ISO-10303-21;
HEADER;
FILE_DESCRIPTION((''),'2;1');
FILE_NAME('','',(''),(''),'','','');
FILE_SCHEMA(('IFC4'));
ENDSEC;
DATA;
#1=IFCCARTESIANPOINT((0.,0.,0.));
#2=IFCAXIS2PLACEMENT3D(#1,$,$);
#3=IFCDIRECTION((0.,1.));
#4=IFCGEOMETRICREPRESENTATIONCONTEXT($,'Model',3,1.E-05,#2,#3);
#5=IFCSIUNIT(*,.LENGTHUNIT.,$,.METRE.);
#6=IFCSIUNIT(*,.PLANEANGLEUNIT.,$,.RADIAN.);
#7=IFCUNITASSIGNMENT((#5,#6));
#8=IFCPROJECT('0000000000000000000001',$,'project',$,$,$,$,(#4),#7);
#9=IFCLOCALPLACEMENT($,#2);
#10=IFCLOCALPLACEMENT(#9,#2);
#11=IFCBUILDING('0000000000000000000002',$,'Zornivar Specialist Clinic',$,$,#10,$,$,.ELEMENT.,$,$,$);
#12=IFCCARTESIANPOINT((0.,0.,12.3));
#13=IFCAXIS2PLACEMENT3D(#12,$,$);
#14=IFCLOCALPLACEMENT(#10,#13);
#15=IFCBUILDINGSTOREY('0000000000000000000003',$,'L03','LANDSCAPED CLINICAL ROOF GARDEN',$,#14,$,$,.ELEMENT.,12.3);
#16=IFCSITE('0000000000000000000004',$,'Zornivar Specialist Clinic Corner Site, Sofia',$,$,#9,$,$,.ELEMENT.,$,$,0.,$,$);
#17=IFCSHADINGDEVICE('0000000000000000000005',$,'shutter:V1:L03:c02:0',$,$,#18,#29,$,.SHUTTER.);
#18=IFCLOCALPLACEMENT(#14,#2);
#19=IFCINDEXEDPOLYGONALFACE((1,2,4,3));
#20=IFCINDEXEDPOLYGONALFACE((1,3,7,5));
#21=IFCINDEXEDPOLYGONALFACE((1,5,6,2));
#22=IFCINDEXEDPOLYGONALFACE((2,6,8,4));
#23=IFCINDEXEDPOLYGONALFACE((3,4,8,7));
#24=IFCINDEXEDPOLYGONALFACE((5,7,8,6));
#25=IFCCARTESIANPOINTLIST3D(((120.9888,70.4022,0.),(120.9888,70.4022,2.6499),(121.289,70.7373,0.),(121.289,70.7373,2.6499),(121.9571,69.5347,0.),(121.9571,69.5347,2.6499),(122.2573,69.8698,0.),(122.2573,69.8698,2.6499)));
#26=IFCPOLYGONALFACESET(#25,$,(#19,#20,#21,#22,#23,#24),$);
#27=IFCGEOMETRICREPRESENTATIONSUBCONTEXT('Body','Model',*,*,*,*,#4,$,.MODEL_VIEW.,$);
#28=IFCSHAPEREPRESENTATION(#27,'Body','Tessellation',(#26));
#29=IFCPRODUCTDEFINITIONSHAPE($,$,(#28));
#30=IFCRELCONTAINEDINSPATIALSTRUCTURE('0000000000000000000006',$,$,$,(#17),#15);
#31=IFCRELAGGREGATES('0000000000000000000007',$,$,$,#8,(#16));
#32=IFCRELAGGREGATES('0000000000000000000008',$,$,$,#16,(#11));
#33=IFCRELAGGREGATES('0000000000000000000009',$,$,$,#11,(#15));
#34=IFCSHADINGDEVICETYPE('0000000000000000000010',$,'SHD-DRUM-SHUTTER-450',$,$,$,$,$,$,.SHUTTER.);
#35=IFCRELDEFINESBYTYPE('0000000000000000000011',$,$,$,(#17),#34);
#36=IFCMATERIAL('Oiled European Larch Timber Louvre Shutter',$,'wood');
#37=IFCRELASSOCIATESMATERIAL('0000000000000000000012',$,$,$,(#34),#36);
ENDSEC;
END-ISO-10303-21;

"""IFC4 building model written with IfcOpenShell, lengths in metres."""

from ifc_helpers import new_model, si_unit, direction, frame, origin, origin_2d, place, context, subcontext, project, spatial, rectangle, extrude, material, type_object, element, save


model = new_model("IFC4")

# Units and contexts
model_context = context("Model", 3, precision=1e-05, world=origin(), true_north=direction((0.0, 1.0)))
body_context = subcontext(model_context, "Body", "Model", "MODEL_VIEW")
ifc_project = project(units=[si_unit("LENGTHUNIT", "METRE"), si_unit("PLANEANGLEUNIT", "RADIAN")], contexts=[model_context])

# Site, building, storey
site_placement = place(None, origin())
site = spatial("IfcSite", under=ifc_project, at=site_placement, Name="Zornivar Specialist Clinic Corner Site, Sofia", CompositionType="ELEMENT", RefElevation=0.0)
building_placement = place(site_placement, origin())
building = spatial("IfcBuilding", under=site, at=building_placement, Name="Zornivar Specialist Clinic", CompositionType="ELEMENT")
storey_placement = place(building_placement, frame((0.0, 0.0, 12.3)))
storey = spatial("IfcBuildingStorey", under=building, at=storey_placement, Name="L03", Description="LANDSCAPED CLINICAL ROOF GARDEN", CompositionType="ELEMENT", Elevation=12.3)

# Shading device
ifc_material_1 = material(Name="Oiled European Larch Timber Louvre Shutter", Category="wood")
shading_device_type = type_object("IfcShadingDeviceType", Name="SHD-DRUM-SHUTTER-450", PredefinedType="SHUTTER", material=ifc_material_1)
for number, where, z_axis, x_axis, name in (
    (1, (121.623, 70.136, 0.0), (0.0, 0.0, 1.0), (-0.744797, 0.667291, 0.0), "shutter:V1:L03:c02:0"),
):
    element("IfcShadingDevice", number, at=place(storey_placement, frame(where, z_axis=z_axis, x_axis=x_axis)), inside=storey, type_object=shading_device_type, Name=name, PredefinedType="SHUTTER", context=body_context, shape_type="SweptSolid", body=[
        extrude(rectangle(XDim=1.3, YDim=0.45, at=origin_2d()), origin(), (0.0, 0.0, 1.0), 2.6499),
    ])

save(model, "model.ifc")
